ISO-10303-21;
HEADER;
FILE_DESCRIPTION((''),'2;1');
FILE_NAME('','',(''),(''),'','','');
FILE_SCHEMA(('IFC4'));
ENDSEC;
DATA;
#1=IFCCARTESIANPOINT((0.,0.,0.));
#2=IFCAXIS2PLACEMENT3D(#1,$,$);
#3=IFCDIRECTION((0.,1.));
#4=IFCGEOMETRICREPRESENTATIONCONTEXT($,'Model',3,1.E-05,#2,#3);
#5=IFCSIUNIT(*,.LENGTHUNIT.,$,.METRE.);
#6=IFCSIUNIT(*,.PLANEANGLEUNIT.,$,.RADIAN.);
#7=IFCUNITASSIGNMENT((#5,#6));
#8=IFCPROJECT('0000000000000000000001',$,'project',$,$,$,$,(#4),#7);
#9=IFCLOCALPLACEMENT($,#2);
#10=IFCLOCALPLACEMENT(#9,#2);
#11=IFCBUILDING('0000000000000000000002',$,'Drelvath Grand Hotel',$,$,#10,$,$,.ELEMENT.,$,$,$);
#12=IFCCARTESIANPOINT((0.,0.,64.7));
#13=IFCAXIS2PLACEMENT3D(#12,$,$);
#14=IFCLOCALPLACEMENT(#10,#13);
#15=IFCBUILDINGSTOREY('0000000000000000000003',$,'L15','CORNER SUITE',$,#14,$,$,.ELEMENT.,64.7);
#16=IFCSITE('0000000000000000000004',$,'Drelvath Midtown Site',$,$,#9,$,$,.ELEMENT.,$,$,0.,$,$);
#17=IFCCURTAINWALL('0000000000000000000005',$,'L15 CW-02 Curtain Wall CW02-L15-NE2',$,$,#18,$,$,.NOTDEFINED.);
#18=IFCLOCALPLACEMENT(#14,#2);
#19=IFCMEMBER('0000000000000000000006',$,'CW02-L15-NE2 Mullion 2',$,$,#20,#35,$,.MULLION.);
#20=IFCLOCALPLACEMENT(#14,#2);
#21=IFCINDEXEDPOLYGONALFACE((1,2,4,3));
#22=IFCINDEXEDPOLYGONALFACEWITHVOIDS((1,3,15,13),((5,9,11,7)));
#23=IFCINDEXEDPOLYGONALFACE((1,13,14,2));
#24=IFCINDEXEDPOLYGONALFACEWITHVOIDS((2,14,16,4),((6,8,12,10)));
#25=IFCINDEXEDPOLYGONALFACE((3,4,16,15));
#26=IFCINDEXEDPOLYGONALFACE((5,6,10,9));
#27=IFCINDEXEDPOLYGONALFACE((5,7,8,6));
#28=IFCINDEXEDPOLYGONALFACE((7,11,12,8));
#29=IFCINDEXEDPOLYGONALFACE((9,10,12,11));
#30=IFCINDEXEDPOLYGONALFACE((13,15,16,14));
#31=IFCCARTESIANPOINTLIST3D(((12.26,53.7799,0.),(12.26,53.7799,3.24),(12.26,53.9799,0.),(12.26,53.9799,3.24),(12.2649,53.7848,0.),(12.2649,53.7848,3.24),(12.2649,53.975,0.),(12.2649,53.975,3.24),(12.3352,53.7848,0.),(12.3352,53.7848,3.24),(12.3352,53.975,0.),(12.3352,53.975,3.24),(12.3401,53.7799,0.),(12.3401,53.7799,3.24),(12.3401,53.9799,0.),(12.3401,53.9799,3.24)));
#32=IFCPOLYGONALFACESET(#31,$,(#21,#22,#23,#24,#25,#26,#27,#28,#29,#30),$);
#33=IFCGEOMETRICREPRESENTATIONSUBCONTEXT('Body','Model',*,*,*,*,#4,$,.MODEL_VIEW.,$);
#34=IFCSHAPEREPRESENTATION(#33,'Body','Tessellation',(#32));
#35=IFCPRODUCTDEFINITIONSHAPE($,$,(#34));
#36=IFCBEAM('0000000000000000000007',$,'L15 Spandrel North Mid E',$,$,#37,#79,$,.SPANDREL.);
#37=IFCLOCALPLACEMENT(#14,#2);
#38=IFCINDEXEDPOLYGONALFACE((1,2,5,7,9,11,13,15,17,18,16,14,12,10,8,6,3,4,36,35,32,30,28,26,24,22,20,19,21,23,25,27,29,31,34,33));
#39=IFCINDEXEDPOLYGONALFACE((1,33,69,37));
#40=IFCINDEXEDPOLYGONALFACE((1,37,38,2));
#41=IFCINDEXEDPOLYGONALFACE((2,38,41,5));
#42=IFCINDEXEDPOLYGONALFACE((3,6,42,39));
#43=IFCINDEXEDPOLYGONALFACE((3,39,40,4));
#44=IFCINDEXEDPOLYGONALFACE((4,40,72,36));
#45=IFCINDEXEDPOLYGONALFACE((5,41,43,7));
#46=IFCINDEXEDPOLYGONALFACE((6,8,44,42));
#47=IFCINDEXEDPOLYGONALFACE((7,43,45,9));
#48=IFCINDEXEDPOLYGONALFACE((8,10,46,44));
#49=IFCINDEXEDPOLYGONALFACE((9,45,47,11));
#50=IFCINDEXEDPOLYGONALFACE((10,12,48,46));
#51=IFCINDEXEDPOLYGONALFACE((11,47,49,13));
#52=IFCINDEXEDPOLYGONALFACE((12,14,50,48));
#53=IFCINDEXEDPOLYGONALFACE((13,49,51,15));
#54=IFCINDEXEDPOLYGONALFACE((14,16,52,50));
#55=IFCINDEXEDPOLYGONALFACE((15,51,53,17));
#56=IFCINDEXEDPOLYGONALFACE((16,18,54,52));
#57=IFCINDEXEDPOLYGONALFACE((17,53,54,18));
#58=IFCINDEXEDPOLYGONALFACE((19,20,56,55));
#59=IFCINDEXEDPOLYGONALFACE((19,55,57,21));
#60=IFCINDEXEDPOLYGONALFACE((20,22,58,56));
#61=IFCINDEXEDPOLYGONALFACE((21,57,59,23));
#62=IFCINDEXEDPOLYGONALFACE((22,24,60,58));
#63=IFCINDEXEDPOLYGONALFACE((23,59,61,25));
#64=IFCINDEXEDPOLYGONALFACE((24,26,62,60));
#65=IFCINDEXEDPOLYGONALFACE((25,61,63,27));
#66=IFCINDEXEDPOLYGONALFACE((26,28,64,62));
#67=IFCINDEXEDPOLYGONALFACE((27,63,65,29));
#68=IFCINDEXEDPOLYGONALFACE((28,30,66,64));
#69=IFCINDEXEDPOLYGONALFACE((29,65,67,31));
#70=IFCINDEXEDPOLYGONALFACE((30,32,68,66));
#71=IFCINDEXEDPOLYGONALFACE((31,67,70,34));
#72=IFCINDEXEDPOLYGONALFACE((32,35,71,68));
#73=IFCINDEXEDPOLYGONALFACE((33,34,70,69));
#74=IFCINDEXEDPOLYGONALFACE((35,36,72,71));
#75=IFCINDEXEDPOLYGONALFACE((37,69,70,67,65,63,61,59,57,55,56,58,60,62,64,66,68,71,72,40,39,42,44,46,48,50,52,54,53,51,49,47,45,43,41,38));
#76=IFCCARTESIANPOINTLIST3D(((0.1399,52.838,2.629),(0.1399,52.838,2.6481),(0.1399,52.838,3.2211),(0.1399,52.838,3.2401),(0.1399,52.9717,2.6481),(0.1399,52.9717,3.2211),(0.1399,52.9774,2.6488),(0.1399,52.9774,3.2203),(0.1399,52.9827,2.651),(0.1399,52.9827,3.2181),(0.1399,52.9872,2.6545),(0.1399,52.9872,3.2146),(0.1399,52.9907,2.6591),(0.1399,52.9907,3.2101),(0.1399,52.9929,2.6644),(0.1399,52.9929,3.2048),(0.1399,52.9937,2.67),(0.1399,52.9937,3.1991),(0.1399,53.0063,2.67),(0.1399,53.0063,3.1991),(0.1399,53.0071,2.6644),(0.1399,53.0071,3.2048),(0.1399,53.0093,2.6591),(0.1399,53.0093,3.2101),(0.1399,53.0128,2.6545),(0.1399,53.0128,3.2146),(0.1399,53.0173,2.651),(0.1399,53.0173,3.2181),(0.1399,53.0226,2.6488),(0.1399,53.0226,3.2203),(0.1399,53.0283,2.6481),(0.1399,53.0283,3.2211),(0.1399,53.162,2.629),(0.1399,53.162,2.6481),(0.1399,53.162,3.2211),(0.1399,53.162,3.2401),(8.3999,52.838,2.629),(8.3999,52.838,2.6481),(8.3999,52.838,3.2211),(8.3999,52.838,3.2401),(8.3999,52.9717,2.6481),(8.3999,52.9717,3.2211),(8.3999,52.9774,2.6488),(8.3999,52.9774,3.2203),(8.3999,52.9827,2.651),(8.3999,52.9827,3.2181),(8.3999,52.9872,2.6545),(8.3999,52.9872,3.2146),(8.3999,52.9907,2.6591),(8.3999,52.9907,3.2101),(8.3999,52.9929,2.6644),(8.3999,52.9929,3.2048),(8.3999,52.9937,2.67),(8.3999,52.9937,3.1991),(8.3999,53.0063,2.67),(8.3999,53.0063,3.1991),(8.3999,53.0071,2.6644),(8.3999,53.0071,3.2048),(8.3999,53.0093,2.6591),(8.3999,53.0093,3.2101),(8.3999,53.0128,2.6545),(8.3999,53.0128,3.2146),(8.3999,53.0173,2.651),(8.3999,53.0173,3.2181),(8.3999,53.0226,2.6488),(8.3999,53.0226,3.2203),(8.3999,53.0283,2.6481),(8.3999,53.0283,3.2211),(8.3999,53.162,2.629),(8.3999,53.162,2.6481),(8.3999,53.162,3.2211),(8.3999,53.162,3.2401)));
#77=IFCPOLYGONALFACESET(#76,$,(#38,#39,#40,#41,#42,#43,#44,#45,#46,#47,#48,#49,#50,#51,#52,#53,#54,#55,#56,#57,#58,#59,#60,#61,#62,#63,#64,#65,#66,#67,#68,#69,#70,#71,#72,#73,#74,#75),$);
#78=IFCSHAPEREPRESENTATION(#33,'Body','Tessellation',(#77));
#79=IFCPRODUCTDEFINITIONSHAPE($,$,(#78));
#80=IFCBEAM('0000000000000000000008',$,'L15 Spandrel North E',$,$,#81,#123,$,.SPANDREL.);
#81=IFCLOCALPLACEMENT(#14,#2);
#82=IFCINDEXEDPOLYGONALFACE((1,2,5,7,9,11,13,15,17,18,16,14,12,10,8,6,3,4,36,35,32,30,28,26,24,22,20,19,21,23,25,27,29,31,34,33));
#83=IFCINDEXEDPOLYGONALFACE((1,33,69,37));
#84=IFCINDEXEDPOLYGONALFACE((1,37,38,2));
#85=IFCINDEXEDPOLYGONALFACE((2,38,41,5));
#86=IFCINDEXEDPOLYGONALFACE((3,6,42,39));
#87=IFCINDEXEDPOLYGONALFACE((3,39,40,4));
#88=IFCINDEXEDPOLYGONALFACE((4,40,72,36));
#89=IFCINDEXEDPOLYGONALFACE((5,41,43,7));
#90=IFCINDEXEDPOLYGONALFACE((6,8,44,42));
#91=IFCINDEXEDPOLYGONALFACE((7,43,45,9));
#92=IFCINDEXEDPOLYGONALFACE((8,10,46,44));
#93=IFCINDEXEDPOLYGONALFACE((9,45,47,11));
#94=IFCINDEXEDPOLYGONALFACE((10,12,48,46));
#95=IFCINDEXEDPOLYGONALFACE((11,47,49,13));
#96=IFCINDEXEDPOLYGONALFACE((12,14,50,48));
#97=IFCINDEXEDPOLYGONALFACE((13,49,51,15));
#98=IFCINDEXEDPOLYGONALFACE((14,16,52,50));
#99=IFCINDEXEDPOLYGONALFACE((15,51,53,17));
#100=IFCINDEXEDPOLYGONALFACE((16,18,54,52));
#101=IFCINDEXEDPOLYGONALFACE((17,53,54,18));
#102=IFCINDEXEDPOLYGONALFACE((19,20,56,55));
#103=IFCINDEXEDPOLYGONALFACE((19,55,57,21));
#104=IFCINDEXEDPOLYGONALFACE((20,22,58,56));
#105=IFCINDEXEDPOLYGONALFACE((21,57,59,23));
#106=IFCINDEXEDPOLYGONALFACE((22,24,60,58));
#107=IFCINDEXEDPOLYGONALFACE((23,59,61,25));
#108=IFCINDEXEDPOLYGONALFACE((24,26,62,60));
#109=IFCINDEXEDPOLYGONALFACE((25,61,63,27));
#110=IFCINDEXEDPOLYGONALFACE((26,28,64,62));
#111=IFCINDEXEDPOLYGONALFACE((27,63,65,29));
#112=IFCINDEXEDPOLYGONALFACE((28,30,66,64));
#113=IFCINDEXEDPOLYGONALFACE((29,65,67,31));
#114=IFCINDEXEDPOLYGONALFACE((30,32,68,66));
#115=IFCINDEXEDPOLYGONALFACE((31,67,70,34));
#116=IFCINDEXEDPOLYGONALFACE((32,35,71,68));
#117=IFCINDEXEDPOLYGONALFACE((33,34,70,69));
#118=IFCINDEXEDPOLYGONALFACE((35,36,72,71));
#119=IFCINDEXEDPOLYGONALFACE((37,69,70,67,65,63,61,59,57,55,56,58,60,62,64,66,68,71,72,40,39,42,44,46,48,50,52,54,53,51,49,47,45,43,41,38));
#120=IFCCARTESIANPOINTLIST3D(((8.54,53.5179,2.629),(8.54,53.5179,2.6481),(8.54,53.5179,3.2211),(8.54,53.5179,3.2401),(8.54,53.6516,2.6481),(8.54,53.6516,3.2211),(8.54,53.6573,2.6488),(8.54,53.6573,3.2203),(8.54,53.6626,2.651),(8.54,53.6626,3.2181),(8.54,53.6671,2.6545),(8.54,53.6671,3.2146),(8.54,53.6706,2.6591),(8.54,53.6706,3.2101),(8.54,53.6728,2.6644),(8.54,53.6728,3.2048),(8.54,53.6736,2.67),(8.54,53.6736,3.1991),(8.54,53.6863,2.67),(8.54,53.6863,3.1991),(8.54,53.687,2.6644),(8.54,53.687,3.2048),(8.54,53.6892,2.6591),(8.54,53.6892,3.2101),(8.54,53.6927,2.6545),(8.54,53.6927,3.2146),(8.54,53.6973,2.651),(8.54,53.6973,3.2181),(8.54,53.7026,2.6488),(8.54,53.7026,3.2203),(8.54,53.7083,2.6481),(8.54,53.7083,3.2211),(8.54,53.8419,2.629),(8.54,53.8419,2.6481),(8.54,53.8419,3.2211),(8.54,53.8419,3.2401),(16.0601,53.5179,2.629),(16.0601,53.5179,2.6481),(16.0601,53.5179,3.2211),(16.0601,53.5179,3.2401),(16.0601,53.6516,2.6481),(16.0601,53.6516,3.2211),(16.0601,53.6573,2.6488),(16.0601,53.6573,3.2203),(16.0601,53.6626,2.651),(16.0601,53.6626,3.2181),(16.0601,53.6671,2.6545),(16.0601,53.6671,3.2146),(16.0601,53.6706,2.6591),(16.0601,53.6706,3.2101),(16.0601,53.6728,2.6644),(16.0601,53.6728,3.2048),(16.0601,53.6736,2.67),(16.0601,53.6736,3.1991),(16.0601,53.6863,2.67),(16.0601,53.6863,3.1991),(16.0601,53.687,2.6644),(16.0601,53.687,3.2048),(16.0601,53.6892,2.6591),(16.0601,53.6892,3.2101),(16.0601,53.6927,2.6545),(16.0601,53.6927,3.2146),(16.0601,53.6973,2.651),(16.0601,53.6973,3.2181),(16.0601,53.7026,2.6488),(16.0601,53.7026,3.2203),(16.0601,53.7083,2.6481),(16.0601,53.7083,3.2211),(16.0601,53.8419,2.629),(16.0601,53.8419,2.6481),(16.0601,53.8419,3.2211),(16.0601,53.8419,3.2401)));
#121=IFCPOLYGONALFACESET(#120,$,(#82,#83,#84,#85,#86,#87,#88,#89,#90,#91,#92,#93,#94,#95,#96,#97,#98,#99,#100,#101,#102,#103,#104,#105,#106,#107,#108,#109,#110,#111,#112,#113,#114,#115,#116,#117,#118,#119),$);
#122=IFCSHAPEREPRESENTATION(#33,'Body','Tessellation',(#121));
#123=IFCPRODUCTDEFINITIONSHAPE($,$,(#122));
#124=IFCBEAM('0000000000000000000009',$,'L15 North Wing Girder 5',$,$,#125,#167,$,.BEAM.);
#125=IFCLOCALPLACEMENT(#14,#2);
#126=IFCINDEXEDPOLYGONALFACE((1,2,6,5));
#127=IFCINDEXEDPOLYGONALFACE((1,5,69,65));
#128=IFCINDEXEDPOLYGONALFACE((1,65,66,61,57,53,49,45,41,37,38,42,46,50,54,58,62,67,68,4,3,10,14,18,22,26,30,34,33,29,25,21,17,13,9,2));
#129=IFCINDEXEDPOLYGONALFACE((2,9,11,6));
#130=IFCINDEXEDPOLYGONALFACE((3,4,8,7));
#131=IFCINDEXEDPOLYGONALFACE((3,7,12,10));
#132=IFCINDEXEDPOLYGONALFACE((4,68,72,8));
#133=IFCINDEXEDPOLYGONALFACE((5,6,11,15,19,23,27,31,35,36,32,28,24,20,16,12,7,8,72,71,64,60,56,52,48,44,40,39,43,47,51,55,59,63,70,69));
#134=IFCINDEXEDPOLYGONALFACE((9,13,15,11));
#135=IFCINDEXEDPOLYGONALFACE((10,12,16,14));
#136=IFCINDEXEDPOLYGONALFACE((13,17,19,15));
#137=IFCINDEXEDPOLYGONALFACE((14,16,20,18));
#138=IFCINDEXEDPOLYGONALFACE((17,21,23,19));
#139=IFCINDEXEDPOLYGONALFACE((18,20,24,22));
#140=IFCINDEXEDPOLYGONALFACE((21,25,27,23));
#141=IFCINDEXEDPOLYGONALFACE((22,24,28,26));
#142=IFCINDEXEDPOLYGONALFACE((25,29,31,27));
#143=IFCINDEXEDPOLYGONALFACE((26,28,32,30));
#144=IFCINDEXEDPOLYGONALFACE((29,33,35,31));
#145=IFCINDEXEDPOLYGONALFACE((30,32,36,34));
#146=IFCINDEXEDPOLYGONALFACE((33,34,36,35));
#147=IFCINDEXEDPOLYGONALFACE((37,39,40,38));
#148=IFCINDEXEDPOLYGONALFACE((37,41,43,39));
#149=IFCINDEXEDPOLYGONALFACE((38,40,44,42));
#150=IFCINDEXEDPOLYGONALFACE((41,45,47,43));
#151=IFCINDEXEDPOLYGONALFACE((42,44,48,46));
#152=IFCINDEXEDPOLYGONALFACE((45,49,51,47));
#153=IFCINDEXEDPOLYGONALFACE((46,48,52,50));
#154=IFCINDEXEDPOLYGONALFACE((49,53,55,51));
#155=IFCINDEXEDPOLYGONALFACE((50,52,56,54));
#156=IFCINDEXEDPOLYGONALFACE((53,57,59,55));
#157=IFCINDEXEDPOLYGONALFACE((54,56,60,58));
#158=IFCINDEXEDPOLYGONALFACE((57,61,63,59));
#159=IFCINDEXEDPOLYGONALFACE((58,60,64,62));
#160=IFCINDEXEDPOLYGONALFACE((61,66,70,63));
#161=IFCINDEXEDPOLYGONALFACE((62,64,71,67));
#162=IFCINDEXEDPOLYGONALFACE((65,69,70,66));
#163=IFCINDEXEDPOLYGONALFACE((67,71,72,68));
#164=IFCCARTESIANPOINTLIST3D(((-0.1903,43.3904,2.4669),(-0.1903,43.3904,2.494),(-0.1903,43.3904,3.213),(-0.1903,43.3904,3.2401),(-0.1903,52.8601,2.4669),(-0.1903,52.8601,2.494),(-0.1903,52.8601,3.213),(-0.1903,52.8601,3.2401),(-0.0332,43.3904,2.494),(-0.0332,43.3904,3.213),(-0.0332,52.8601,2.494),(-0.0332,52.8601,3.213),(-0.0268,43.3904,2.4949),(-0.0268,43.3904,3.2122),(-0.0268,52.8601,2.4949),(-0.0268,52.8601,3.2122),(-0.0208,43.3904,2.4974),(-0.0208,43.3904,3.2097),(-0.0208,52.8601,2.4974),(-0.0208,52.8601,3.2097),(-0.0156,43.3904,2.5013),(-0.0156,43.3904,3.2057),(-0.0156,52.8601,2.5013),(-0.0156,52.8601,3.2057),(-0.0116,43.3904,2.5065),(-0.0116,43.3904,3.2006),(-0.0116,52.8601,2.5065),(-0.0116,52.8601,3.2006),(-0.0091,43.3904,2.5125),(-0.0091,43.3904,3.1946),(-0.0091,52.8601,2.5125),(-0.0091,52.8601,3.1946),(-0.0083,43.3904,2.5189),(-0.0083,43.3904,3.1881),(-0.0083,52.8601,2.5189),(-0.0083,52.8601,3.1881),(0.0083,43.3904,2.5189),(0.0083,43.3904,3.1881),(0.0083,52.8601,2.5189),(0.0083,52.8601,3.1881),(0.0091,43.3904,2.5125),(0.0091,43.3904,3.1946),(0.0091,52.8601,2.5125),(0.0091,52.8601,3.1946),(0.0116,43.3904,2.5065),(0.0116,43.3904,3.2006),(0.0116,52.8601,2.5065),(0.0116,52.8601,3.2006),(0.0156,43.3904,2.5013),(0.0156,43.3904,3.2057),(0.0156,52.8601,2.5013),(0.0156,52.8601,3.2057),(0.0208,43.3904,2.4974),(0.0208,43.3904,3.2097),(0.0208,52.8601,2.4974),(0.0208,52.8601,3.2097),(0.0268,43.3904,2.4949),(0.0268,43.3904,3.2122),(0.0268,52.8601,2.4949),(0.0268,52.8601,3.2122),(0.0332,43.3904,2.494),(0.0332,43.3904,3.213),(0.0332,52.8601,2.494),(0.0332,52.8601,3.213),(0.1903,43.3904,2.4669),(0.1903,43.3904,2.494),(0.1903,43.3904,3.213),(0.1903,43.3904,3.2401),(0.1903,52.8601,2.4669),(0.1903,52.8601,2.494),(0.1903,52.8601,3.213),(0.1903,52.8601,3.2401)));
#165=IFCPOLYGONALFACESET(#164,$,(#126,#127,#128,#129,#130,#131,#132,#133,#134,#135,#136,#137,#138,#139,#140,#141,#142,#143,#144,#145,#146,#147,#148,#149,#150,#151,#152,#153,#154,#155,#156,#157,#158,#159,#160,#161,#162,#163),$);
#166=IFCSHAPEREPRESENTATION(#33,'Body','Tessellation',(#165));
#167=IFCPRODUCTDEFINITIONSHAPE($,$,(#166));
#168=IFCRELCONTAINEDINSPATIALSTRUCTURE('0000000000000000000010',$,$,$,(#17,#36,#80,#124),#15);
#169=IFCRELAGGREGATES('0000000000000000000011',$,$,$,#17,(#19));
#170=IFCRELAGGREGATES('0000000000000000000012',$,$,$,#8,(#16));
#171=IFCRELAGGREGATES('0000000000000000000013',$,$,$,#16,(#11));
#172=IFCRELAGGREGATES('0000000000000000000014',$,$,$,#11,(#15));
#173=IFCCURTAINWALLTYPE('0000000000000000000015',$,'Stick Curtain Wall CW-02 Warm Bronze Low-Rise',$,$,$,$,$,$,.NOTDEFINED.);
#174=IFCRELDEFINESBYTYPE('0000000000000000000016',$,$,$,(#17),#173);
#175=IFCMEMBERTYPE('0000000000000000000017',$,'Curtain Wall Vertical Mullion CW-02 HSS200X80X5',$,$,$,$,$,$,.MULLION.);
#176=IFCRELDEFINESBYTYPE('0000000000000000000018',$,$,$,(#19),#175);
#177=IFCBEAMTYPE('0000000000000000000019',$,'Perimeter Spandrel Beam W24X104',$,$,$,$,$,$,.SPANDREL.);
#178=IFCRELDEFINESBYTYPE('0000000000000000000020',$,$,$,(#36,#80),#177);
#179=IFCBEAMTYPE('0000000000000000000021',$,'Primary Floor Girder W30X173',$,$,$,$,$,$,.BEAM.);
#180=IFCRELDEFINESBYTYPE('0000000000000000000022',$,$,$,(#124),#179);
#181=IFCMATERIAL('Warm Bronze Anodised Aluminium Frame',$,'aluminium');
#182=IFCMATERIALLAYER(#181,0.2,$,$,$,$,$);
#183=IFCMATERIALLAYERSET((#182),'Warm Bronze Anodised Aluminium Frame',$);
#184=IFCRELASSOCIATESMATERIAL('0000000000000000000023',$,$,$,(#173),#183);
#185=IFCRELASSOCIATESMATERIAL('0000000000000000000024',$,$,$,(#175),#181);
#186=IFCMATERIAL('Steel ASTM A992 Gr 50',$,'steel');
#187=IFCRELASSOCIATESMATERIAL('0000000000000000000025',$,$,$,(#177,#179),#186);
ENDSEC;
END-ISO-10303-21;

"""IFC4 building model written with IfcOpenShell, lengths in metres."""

from ifc_helpers import new_model, si_unit, direction, frame, origin, origin_2d, place, context, subcontext, project, spatial, hollow_rectangle, i_section, extrude, material, layer, layer_set, material_profile, profile_set, type_object, element, aggregate, save


model = new_model("IFC4")

# Units and contexts
model_context = context("Model", 3, precision=1e-05, world=origin(), true_north=direction((0.0, 1.0)))
body_context = subcontext(model_context, "Body", "Model", "MODEL_VIEW")
ifc_project = project(units=[si_unit("LENGTHUNIT", "METRE"), si_unit("PLANEANGLEUNIT", "RADIAN")], contexts=[model_context])

# Site, building, storey
site_placement = place(None, origin())
site = spatial("IfcSite", under=ifc_project, at=site_placement, Name="Drelvath Midtown Site", CompositionType="ELEMENT", RefElevation=0.0)
building_placement = place(site_placement, origin())
building = spatial("IfcBuilding", under=site, at=building_placement, Name="Drelvath Grand Hotel", CompositionType="ELEMENT")
storey_placement = place(building_placement, frame((0.0, 0.0, 64.7)))
storey = spatial("IfcBuildingStorey", under=building, at=storey_placement, Name="L15", Description="CORNER SUITE", CompositionType="ELEMENT", Elevation=64.7)

# Curtain wall
ifc_material_1 = material(Name="Warm Bronze Anodised Aluminium Frame", Category="aluminium")
ifc_layer_1 = layer(ifc_material_1, 0.2)
ifc_layer_set_1 = layer_set([ifc_layer_1], Name="Warm Bronze Anodised Aluminium Frame")
curtain_wall_type = type_object("IfcCurtainWallType", Name="Stick Curtain Wall CW-02 Warm Bronze Low-Rise", PredefinedType="NOTDEFINED", material=ifc_layer_set_1)
curtain_wall_1_placement = place(storey_placement, origin())
curtain_wall_1 = element("IfcCurtainWall", 1, at=curtain_wall_1_placement, inside=storey, type_object=curtain_wall_type, Name="L15 CW-02 Curtain Wall CW02-L15-NE2", PredefinedType="NOTDEFINED")

# Member
ifc_material_profile_1 = material_profile(ifc_material_1, hollow_rectangle(XDim=0.0801, YDim=0.2, WallThickness=0.0049, at=origin_2d()), Name="HSS200X80X5")
ifc_profile_set_1 = profile_set([ifc_material_profile_1], Name="Warm Bronze Anodised Aluminium Frame")
member_type_1 = type_object("IfcMemberType", Name="Curtain Wall Vertical Mullion CW-02 HSS200X80X5", PredefinedType="MULLION", material=ifc_profile_set_1)
member_1_placement = place(storey_placement, frame((12.3, 53.8799, 0.0), z_axis=(0.0, 0.0, 1.0), x_axis=(1.0, 0.0, 0.0)))
member_1 = element("IfcMember", 2, at=member_1_placement, type_object=member_type_1, Name="CW02-L15-NE2 Mullion 2", PredefinedType="MULLION", context=body_context, shape_type="SweptSolid", body=[
    extrude(hollow_rectangle(XDim=0.0801, YDim=0.2, WallThickness=0.0049, at=origin_2d()), origin(), (0.0, 0.0, 1.0), 3.24),
])

# Beams
ifc_material_2 = material(Name="Steel ASTM A992 Gr 50", Category="steel")
ifc_material_profile_2 = material_profile(ifc_material_2, i_section(OverallWidth=0.324, OverallDepth=0.6111, WebThickness=0.0127, FlangeThickness=0.019, FilletRadius=0.022, at=origin_2d()), Name="W24X104")
ifc_profile_set_2 = profile_set([ifc_material_profile_2], Name="Steel ASTM A992 Gr 50")
beam_type_1 = type_object("IfcBeamType", Name="Perimeter Spandrel Beam W24X104", PredefinedType="SPANDREL", material=ifc_profile_set_2)
beam_1_placement = place(storey_placement, frame((0.1399, 53.0, 2.9346), z_axis=(1.0, 0.0, 0.0), x_axis=(0.0, 1.0, 0.0)))
element("IfcBeam", 3, at=beam_1_placement, inside=storey, type_object=beam_type_1, Name="L15 Spandrel North Mid E", PredefinedType="SPANDREL", context=body_context, shape_type="SweptSolid", body=[
    extrude(i_section(OverallWidth=0.324, OverallDepth=0.6111, WebThickness=0.0127, FlangeThickness=0.019, FilletRadius=0.022, at=origin_2d()), origin(), (0.0, 0.0, 1.0), 8.26),
])
beam_2_placement = place(storey_placement, frame((8.54, 53.6799, 2.9346), z_axis=(1.0, 0.0, 0.0), x_axis=(0.0, 1.0, 0.0)))
element("IfcBeam", 4, at=beam_2_placement, inside=storey, type_object=beam_type_1, Name="L15 Spandrel North E", PredefinedType="SPANDREL", context=body_context, shape_type="SweptSolid", body=[
    extrude(i_section(OverallWidth=0.324, OverallDepth=0.6111, WebThickness=0.0127, FlangeThickness=0.019, FilletRadius=0.022, at=origin_2d()), origin(), (0.0, 0.0, 1.0), 7.52),
])
ifc_material_profile_3 = material_profile(ifc_material_2, i_section(OverallWidth=0.3806, OverallDepth=0.7732, WebThickness=0.0166, FlangeThickness=0.0271, FilletRadius=0.0249, at=origin_2d()), Name="W30X173")
ifc_profile_set_3 = profile_set([ifc_material_profile_3], Name="Steel ASTM A992 Gr 50")
beam_type_2 = type_object("IfcBeamType", Name="Primary Floor Girder W30X173", PredefinedType="BEAM", material=ifc_profile_set_3)
beam_3_placement = place(storey_placement, frame((0.0, 43.3904, 2.8535), z_axis=(0.0, 1.0, 0.0), x_axis=(-1.0, 0.0, 0.0)))
element("IfcBeam", 5, at=beam_3_placement, inside=storey, type_object=beam_type_2, Name="L15 North Wing Girder 5", PredefinedType="BEAM", context=body_context, shape_type="SweptSolid", body=[
    extrude(i_section(OverallWidth=0.3806, OverallDepth=0.7732, WebThickness=0.0166, FlangeThickness=0.0271, FilletRadius=0.0249, at=origin_2d()), origin(), (0.0, 0.0, 1.0), 9.4697),
])

aggregate(curtain_wall_1, [member_1])

save(model, "model.ifc")
